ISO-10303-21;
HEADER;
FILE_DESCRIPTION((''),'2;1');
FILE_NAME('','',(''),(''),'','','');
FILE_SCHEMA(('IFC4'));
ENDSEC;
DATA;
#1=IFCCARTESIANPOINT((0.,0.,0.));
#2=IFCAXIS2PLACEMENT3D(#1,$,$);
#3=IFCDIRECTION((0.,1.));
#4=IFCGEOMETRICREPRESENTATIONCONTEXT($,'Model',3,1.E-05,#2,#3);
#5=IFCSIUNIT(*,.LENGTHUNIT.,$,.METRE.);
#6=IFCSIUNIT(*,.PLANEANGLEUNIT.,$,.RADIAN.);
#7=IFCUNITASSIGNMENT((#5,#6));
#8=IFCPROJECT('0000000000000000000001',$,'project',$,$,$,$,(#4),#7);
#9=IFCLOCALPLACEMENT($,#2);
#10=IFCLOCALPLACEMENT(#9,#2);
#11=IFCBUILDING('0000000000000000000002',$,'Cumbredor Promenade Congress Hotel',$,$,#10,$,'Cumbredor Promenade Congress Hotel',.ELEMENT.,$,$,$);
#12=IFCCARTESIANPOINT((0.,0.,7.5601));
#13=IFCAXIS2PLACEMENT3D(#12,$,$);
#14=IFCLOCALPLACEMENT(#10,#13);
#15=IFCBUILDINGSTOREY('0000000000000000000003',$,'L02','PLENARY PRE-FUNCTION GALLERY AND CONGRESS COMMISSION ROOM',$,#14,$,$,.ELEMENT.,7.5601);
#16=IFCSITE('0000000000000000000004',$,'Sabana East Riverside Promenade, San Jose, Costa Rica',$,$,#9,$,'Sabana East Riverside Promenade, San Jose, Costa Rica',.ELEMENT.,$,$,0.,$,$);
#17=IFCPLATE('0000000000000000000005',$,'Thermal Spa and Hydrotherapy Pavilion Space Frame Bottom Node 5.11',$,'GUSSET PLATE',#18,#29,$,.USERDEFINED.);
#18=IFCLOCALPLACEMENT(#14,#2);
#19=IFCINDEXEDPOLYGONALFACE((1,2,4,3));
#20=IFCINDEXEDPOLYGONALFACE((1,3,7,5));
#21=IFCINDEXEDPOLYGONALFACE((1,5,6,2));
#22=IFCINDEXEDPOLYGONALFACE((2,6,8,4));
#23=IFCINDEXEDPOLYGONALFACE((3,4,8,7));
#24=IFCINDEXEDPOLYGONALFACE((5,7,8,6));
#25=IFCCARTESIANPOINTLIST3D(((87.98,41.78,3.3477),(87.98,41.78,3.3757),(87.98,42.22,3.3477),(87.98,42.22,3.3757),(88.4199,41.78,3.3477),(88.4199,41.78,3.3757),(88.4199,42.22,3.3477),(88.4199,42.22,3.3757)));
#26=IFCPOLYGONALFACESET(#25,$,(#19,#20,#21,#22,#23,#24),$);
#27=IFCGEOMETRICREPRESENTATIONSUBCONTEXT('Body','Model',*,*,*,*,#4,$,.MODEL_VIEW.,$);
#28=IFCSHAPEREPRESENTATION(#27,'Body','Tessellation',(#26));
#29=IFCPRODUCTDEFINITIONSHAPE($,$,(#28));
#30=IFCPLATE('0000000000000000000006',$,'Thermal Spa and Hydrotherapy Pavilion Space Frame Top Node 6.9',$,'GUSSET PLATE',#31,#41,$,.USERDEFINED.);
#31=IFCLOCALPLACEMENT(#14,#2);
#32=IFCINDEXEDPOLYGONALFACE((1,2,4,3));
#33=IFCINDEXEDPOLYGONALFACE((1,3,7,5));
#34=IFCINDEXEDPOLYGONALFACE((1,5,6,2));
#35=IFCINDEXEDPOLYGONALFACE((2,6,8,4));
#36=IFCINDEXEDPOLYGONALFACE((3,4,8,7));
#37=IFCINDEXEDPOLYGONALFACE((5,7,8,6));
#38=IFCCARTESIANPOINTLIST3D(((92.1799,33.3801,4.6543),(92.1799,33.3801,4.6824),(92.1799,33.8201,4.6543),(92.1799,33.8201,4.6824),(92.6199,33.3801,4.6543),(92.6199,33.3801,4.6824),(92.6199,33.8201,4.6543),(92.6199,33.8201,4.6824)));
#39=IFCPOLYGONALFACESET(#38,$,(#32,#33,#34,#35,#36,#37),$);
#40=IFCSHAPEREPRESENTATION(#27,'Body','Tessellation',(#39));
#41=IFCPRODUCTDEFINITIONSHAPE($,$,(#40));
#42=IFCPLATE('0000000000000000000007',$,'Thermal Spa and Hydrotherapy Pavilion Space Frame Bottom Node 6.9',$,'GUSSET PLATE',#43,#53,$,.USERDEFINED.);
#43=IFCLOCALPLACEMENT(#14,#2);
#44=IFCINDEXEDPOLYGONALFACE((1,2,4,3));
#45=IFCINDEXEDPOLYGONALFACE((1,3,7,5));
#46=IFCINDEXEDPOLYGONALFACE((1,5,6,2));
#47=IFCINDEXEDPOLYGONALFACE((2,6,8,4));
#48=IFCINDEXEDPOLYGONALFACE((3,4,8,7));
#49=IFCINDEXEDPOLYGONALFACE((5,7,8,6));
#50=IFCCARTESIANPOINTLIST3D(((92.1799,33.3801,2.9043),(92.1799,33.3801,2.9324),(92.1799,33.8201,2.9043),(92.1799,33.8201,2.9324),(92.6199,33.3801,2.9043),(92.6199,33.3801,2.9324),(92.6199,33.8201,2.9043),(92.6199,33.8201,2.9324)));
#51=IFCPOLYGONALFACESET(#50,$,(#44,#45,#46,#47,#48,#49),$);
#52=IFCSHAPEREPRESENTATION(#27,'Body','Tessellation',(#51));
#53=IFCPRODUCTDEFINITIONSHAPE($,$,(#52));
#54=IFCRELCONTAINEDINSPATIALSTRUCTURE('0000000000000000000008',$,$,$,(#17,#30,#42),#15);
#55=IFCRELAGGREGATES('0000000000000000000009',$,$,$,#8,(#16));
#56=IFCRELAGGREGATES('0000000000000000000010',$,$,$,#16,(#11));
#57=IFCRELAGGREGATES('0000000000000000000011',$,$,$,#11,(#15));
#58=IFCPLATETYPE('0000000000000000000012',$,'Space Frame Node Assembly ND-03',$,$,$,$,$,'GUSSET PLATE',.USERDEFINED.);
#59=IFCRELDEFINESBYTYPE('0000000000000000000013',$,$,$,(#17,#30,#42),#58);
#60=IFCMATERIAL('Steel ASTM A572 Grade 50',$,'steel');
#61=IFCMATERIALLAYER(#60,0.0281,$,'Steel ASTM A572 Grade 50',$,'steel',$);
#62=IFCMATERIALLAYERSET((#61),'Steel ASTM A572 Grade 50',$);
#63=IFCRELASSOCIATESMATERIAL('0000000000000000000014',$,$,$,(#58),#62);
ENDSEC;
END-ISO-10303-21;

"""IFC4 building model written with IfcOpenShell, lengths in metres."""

from ifc_helpers import new_model, si_unit, direction, frame, origin, origin_2d, place, context, subcontext, project, spatial, rectangle, extrude, material, layer, layer_set, type_object, element, save


model = new_model("IFC4")

# Units and contexts
model_context = context("Model", 3, precision=1e-05, world=origin(), true_north=direction((0.0, 1.0)))
body_context = subcontext(model_context, "Body", "Model", "MODEL_VIEW")
ifc_project = project(units=[si_unit("LENGTHUNIT", "METRE"), si_unit("PLANEANGLEUNIT", "RADIAN")], contexts=[model_context])

# Site, building, storey
site_placement = place(None, origin())
site = spatial("IfcSite", under=ifc_project, at=site_placement, Name="Sabana East Riverside Promenade, San Jose, Costa Rica", LongName="Sabana East Riverside Promenade, San Jose, Costa Rica", CompositionType="ELEMENT", RefElevation=0.0)
building_placement = place(site_placement, origin())
building = spatial("IfcBuilding", under=site, at=building_placement, Name="Cumbredor Promenade Congress Hotel", LongName="Cumbredor Promenade Congress Hotel", CompositionType="ELEMENT")
storey_placement = place(building_placement, frame((0.0, 0.0, 7.5601)))
storey = spatial("IfcBuildingStorey", under=building, at=storey_placement, Name="L02", Description="PLENARY PRE-FUNCTION GALLERY AND CONGRESS COMMISSION ROOM", CompositionType="ELEMENT", Elevation=7.5601)

# Plates
ifc_material_1 = material(Name="Steel ASTM A572 Grade 50", Category="steel")
ifc_layer = layer(ifc_material_1, 0.0281, Name="Steel ASTM A572 Grade 50", Category="steel")
ifc_layer_set = layer_set([ifc_layer], Name="Steel ASTM A572 Grade 50")
plate_type = type_object("IfcPlateType", Name="Space Frame Node Assembly ND-03", ElementType="GUSSET PLATE", PredefinedType="USERDEFINED", material=ifc_layer_set)
for number, where, z_axis, x_axis, name in (
    (1, (88.2, 42.0, 3.3477), (0.0, 0.0, 1.0), (1.0, 0.0, 0.0), "Thermal Spa and Hydrotherapy Pavilion Space Frame Bottom Node 5.11"),
    (2, (92.3999, 33.6001, 4.6543), (0.0, 0.0, 1.0), (1.0, 0.0, 0.0), "Thermal Spa and Hydrotherapy Pavilion Space Frame Top Node 6.9"),
    (3, (92.3999, 33.6001, 2.9043), (0.0, 0.0, 1.0), (1.0, 0.0, 0.0), "Thermal Spa and Hydrotherapy Pavilion Space Frame Bottom Node 6.9"),
):
    element("IfcPlate", number, at=place(storey_placement, frame(where, z_axis=z_axis, x_axis=x_axis)), inside=storey, type_object=plate_type, Name=name, ObjectType="GUSSET PLATE", PredefinedType="USERDEFINED", context=body_context, shape_type="SweptSolid", body=[
        extrude(rectangle(XDim=0.4399, YDim=0.4399, at=origin_2d()), origin(), (0.0, 0.0, 1.0), 0.0281),
    ])

save(model, "model.ifc")
